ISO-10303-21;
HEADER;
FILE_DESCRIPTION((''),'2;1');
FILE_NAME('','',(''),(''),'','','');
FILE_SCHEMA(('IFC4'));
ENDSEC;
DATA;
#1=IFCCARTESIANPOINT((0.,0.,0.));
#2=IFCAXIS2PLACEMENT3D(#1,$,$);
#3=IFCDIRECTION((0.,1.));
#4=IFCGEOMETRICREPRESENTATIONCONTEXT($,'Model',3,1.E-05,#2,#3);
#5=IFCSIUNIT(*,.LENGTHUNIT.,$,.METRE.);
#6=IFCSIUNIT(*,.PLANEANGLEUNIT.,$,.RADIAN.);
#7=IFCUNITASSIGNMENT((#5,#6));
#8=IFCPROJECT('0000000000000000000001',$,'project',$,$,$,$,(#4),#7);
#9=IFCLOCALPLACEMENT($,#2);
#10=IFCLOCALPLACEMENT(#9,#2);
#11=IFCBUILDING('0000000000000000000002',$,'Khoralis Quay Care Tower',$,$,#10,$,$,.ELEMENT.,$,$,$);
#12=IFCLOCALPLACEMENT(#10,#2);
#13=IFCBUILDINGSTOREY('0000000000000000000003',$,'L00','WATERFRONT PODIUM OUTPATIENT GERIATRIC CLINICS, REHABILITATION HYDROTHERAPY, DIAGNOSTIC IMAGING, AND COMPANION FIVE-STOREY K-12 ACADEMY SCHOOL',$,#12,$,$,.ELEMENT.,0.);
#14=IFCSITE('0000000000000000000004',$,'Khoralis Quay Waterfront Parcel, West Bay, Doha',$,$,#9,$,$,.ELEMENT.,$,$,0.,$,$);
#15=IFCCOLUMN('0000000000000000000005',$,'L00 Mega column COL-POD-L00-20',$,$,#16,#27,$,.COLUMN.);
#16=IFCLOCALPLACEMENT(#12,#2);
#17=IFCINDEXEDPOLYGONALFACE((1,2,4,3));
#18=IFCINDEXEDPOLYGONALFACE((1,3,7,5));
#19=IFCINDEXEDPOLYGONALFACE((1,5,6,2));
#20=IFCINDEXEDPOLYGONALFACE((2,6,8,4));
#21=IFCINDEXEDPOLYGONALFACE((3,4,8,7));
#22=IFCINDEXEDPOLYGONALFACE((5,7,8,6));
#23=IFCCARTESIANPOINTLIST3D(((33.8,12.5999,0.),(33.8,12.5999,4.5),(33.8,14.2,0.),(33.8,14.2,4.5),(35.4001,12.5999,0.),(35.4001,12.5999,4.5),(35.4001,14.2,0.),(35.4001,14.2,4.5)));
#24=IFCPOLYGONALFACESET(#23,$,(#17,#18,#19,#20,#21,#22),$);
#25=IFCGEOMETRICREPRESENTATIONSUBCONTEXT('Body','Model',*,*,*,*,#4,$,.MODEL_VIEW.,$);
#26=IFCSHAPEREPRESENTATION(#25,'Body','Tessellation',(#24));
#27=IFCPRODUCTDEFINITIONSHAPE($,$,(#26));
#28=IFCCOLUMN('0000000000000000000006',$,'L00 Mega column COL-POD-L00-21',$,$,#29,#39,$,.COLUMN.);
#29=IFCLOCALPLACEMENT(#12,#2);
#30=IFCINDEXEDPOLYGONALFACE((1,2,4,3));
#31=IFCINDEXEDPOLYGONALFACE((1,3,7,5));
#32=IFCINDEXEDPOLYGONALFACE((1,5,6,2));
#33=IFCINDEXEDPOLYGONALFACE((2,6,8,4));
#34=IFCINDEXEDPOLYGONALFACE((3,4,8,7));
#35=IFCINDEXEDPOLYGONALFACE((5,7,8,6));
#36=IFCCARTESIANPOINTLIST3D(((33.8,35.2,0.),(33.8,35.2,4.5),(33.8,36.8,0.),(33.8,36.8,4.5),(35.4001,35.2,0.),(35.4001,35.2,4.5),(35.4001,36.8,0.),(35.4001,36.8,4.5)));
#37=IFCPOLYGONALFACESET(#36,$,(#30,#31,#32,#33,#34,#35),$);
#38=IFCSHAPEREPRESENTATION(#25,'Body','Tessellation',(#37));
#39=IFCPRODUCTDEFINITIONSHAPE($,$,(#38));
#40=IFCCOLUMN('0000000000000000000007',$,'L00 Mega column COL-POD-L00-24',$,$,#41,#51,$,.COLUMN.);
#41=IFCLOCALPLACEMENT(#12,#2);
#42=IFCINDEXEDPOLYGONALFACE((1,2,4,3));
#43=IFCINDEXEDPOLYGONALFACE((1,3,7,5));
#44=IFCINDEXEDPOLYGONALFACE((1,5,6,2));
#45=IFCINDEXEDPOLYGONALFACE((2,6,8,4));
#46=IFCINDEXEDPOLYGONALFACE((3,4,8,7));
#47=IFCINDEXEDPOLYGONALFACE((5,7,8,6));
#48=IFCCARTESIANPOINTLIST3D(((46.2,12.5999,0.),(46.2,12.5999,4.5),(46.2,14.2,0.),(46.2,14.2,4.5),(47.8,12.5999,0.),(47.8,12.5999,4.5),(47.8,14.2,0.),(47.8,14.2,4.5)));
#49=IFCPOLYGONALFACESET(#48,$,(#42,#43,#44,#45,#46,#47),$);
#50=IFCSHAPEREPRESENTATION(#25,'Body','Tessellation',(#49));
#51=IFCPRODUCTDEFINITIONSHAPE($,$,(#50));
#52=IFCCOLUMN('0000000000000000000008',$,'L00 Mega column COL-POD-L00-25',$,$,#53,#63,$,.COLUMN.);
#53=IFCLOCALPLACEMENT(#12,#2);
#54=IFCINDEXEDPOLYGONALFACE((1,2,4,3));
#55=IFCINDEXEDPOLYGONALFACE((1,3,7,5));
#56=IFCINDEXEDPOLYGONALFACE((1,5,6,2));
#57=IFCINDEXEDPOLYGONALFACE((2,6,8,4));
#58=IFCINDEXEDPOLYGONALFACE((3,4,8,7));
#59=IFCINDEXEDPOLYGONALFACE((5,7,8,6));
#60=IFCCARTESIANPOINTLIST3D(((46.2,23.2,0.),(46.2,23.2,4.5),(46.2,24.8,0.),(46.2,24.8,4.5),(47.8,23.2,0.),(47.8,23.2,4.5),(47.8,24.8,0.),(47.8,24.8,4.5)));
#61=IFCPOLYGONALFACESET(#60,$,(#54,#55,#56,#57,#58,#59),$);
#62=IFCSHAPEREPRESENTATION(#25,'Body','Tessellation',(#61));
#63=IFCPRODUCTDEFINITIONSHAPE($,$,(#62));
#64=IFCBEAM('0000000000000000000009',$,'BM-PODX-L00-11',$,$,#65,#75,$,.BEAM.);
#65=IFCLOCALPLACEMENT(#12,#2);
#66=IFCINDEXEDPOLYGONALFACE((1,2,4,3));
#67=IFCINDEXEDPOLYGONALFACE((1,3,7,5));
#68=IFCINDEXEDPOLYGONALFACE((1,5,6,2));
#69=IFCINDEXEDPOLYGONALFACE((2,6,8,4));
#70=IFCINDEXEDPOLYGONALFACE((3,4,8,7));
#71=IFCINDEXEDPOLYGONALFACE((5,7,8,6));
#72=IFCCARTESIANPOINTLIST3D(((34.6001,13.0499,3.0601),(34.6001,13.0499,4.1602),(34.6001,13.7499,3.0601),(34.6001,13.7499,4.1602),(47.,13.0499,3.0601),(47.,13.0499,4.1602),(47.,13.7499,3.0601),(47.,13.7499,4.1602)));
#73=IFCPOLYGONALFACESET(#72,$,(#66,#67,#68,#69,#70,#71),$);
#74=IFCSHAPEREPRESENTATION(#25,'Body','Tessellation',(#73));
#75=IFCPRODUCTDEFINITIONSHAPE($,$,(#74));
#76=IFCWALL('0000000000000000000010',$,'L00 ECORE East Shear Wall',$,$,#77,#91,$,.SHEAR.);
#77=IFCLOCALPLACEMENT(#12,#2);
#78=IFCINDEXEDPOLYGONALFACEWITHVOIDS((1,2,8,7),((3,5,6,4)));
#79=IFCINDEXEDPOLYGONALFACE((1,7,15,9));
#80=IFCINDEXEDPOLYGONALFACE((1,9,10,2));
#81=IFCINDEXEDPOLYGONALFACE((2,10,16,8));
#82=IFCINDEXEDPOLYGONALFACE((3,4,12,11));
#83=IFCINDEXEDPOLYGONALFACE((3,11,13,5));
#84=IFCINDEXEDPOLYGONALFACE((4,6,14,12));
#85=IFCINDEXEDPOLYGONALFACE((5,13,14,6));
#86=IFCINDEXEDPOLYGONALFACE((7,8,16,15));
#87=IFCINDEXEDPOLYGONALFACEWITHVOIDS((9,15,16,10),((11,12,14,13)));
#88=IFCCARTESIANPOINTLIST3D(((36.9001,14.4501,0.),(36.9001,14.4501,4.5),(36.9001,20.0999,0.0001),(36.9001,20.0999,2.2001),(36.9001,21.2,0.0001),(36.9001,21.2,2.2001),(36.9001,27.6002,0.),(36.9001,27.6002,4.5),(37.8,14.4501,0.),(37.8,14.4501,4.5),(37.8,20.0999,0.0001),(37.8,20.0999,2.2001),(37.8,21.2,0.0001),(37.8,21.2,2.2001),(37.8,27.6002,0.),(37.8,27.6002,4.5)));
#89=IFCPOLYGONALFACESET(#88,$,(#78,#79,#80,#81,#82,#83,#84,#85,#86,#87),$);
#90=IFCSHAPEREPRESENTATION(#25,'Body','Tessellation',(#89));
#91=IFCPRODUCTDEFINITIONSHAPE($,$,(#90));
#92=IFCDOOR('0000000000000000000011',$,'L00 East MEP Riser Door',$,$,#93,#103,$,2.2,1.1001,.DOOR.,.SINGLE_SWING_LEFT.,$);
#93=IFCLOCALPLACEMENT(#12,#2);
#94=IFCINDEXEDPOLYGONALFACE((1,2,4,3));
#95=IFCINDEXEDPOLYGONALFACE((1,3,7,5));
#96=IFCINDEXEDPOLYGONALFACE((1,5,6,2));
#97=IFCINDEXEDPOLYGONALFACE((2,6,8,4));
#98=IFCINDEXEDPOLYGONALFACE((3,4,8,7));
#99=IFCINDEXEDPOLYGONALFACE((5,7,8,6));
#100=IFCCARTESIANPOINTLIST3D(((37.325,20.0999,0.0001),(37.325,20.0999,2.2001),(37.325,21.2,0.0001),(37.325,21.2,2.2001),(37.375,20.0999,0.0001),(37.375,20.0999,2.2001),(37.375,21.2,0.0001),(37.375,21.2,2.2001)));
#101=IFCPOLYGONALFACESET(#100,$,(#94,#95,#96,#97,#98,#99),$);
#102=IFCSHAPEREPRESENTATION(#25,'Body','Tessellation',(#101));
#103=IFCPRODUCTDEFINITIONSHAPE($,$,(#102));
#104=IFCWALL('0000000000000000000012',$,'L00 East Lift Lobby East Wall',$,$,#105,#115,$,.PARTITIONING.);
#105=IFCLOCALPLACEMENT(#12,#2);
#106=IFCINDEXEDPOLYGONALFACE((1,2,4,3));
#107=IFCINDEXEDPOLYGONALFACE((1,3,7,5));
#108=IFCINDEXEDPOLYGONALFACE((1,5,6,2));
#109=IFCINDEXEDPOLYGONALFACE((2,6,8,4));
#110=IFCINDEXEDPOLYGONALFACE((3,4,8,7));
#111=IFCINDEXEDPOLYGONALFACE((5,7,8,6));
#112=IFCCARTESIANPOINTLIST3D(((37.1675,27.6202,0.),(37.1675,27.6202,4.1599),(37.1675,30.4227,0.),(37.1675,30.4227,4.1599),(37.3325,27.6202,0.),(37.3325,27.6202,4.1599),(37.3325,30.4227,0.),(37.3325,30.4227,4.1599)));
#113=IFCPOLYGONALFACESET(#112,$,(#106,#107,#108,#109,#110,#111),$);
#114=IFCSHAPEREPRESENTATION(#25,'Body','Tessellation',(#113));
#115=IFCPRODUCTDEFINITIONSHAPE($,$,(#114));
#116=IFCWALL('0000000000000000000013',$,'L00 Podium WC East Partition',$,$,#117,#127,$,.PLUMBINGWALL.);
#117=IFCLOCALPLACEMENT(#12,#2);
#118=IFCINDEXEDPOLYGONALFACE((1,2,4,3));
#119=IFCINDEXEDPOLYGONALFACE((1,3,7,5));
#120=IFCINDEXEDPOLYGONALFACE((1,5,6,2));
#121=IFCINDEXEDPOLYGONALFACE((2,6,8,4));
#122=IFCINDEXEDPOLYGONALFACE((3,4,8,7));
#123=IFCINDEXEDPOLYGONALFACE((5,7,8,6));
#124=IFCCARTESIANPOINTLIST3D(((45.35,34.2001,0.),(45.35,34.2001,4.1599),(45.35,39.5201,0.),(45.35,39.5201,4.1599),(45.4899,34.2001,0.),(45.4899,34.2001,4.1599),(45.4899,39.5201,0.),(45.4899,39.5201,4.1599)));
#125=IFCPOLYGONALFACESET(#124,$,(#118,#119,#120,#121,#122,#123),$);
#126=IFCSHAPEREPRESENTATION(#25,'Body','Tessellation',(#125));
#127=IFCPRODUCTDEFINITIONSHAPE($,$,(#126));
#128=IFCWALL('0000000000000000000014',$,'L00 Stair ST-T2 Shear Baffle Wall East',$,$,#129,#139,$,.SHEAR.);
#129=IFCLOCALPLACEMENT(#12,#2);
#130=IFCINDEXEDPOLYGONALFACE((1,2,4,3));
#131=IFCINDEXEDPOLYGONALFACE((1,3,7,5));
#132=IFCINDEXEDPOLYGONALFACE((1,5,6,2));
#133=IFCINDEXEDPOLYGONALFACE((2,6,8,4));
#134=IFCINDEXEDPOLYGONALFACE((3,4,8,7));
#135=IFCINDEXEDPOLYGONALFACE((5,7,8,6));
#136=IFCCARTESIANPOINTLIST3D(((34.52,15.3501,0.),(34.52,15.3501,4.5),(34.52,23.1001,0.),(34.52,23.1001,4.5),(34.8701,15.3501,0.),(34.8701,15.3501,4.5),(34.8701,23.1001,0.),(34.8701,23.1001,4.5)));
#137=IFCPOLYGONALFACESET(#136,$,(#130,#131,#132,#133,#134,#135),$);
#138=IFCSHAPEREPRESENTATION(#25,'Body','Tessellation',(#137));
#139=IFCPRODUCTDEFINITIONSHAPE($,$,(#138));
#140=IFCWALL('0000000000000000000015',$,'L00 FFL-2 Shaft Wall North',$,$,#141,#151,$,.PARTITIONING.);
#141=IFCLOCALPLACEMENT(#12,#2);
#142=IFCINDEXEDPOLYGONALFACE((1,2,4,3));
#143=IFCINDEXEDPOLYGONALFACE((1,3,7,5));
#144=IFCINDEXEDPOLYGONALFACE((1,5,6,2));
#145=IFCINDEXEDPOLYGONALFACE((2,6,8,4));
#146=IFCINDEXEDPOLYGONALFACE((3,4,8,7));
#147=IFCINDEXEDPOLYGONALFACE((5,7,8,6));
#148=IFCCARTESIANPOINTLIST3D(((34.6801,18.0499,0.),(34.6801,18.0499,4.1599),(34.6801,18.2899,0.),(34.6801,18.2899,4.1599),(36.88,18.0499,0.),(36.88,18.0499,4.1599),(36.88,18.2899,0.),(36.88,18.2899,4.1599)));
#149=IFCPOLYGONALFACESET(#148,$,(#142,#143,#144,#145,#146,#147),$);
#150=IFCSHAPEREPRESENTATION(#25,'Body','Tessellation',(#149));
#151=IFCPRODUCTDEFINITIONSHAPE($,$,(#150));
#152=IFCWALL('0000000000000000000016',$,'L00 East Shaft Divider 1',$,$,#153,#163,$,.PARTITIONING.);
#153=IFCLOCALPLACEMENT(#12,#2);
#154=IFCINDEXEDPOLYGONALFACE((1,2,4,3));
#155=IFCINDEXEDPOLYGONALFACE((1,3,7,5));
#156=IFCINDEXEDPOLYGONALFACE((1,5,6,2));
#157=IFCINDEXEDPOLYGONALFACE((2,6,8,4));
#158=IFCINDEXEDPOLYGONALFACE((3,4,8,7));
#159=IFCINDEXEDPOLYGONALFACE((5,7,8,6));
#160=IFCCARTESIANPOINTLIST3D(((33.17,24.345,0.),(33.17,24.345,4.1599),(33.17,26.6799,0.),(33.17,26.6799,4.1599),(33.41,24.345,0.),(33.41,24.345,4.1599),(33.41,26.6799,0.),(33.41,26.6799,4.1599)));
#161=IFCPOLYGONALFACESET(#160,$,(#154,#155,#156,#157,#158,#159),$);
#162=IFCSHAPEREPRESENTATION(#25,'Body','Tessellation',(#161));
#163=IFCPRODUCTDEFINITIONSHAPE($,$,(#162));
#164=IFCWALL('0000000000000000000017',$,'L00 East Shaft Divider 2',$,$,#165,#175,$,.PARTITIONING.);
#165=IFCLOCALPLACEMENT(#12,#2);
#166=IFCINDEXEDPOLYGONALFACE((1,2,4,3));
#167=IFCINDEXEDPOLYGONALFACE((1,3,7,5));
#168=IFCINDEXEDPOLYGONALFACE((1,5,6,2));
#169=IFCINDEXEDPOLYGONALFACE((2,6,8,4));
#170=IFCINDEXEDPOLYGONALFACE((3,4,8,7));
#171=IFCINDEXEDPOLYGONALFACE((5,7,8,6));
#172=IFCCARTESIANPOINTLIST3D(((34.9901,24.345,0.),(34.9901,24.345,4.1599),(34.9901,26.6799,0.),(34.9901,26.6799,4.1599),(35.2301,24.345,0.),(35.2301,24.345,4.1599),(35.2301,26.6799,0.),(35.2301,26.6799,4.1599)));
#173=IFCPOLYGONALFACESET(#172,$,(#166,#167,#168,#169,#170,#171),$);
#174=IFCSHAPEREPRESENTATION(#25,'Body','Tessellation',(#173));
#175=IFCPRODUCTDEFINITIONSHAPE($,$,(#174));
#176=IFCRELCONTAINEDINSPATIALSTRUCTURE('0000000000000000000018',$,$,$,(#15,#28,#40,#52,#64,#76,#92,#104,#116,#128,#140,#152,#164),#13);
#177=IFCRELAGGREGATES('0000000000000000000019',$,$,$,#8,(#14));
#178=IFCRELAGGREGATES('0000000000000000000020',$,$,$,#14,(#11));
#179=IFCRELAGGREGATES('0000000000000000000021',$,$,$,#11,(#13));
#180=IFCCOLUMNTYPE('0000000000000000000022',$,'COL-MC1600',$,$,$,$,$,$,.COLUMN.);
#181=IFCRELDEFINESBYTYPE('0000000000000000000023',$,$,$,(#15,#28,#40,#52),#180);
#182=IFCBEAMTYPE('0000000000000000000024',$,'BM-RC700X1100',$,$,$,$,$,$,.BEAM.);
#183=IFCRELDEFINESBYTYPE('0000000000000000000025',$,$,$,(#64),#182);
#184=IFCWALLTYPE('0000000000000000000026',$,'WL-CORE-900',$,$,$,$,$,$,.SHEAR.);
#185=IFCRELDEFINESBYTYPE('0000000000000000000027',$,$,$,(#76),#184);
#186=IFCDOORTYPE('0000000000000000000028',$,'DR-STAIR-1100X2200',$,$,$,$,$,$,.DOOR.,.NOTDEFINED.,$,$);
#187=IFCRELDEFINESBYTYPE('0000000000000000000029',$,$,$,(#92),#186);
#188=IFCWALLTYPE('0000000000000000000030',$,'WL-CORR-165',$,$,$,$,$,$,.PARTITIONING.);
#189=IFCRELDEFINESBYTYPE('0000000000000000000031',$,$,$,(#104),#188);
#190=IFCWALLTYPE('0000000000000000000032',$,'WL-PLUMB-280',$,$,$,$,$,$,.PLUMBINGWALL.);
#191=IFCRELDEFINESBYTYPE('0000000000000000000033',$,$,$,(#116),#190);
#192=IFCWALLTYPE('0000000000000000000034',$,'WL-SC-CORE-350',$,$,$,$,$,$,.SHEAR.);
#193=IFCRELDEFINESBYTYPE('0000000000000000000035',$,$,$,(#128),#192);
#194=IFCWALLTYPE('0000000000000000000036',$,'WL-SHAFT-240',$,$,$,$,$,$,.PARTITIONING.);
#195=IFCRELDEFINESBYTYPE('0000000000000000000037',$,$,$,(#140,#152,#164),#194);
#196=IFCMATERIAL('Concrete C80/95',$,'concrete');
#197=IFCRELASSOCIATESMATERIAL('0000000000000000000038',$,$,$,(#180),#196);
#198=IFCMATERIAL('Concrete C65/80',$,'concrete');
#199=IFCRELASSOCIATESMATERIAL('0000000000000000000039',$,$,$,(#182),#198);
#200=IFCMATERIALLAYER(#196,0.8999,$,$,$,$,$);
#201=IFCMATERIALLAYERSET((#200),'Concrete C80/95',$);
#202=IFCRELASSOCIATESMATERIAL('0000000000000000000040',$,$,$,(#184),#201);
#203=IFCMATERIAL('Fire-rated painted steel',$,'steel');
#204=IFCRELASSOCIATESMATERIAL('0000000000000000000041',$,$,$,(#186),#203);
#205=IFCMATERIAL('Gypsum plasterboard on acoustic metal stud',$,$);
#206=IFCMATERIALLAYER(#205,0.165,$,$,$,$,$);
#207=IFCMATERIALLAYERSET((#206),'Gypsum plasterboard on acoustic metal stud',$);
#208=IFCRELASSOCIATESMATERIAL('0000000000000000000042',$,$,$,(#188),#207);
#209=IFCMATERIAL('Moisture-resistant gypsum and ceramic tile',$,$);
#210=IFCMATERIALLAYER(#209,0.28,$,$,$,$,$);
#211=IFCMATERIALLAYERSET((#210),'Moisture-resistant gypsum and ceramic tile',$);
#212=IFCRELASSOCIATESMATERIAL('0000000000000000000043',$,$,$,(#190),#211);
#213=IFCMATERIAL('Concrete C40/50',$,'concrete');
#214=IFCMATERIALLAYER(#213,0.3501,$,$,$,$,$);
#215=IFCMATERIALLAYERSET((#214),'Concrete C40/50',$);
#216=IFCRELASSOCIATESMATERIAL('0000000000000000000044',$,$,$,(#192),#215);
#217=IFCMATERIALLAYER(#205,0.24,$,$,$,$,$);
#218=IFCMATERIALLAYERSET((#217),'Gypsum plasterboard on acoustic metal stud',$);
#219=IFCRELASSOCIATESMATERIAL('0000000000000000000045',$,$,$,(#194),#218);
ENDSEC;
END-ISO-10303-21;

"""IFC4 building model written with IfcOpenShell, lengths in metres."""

from ifc_helpers import new_model, si_unit, direction, frame, frame_2d, origin, origin_2d, place, context, subcontext, project, spatial, rectangle, extrude, source, transform, mapped, material, layer, layer_set, material_profile, profile_set, type_object, element, fill, save


model = new_model("IFC4")

# Units and contexts
model_context = context("Model", 3, precision=1e-05, world=origin(), true_north=direction((0.0, 1.0)))
body_context = subcontext(model_context, "Body", "Model", "MODEL_VIEW")
ifc_project = project(units=[si_unit("LENGTHUNIT", "METRE"), si_unit("PLANEANGLEUNIT", "RADIAN")], contexts=[model_context])

# Site, building, storey
site_placement = place(None, origin())
site = spatial("IfcSite", under=ifc_project, at=site_placement, Name="Khoralis Quay Waterfront Parcel, West Bay, Doha", CompositionType="ELEMENT", RefElevation=0.0)
building_placement = place(site_placement, origin())
building = spatial("IfcBuilding", under=site, at=building_placement, Name="Khoralis Quay Care Tower", CompositionType="ELEMENT")
storey_placement = place(building_placement, origin())
storey = spatial("IfcBuildingStorey", under=building, at=storey_placement, Name="L00", Description="WATERFRONT PODIUM OUTPATIENT GERIATRIC CLINICS, REHABILITATION HYDROTHERAPY, DIAGNOSTIC IMAGING, AND COMPANION FIVE-STOREY K-12 ACADEMY SCHOOL", CompositionType="ELEMENT", Elevation=0.0)

# Columns
ifc_material_1 = material(Name="Concrete C80/95", Category="concrete")
ifc_material_profile_1 = material_profile(ifc_material_1, rectangle(XDim=1.6001, YDim=1.6001, at=origin_2d()), Name="Concrete C80/95")
ifc_profile_set_1 = profile_set([ifc_material_profile_1], Name="Concrete C80/95")
column_type = type_object("IfcColumnType", Name="COL-MC1600", PredefinedType="COLUMN", material=ifc_profile_set_1)
shared_shape_1 = source(origin(), body_context, "Body", "SweptSolid", [
    extrude(rectangle(XDim=1.6001, YDim=1.6001, at=origin_2d()), origin(), (0.0, 0.0, 1.0), 4.5),
])
for number, where, z_axis, x_axis, name in (
    (1, (34.6001, 13.3999, 0.0), (0.0, 0.0, 1.0), (1.0, 0.0, 0.0), "L00 Mega column COL-POD-L00-20"),
    (2, (34.6001, 36.0, 0.0), (0.0, 0.0, 1.0), (1.0, 0.0, 0.0), "L00 Mega column COL-POD-L00-21"),
    (3, (47.0, 13.3999, 0.0), (0.0, 0.0, 1.0), (1.0, 0.0, 0.0), "L00 Mega column COL-POD-L00-24"),
    (4, (47.0, 24.0, 0.0), (0.0, 0.0, 1.0), (1.0, 0.0, 0.0), "L00 Mega column COL-POD-L00-25"),
):
    element("IfcColumn", number, at=place(storey_placement, frame(where, z_axis=z_axis, x_axis=x_axis)), inside=storey, type_object=column_type, Name=name, PredefinedType="COLUMN", context=body_context, shape_type="MappedRepresentation", body=[
        mapped(shared_shape_1, transform((0.0, 0.0, 0.0), scale=1.0)),
    ])

# Beam
ifc_material_2 = material(Name="Concrete C65/80", Category="concrete")
ifc_material_profile_2 = material_profile(ifc_material_2, rectangle(XDim=0.7, YDim=1.1001, at=origin_2d()), Name="Concrete C65/80")
ifc_profile_set_2 = profile_set([ifc_material_profile_2], Name="Concrete C65/80")
beam_type = type_object("IfcBeamType", Name="BM-RC700X1100", PredefinedType="BEAM", material=ifc_profile_set_2)
shared_shape_2 = source(origin(), body_context, "Body", "SweptSolid", [
    extrude(rectangle(XDim=0.7, YDim=1.1001, at=origin_2d()), origin(), (0.0, 0.0, 1.0), 12.3999),
])
beam_placement = place(storey_placement, frame((34.6001, 13.3999, 3.6101), z_axis=(1.0, 0.0, 0.0), x_axis=(0.0, 1.0, 0.0)))
element("IfcBeam", 5, at=beam_placement, inside=storey, type_object=beam_type, Name="BM-PODX-L00-11", PredefinedType="BEAM", context=body_context, shape_type="MappedRepresentation", body=[
    mapped(shared_shape_2, transform((0.0, 0.0, 0.0), scale=1.0)),
])

# Wall, opening, door
ifc_layer_1 = layer(ifc_material_1, 0.8999)
ifc_layer_set_1 = layer_set([ifc_layer_1], Name="Concrete C80/95")
wall_type_1 = type_object("IfcWallType", Name="WL-CORE-900", PredefinedType="SHEAR", material=ifc_layer_set_1)
wall_1_placement = place(storey_placement, frame((37.3501, 14.45, 0.0), z_axis=(0.0, 0.0, 1.0), x_axis=(0.0, 1.0, 0.0)))
wall_1 = element("IfcWall", 6, at=wall_1_placement, inside=storey, type_object=wall_type_1, Name="L00 ECORE East Shear Wall", PredefinedType="SHEAR", context=body_context, shape_type="SweptSolid", body=[
    extrude(rectangle(XDim=13.1501, YDim=0.8999, at=frame_2d((6.5752, 0.0))), origin(), (0.0, 0.0, 1.0), 4.5),
])
opening_placement = place(wall_1_placement, frame((5.6499, 0.0, 0.0)))
opening = element("IfcOpeningElement", 7, at=opening_placement, cuts=wall_1, PredefinedType="OPENING", context=body_context, shape_type="SweptSolid", body=[
    extrude(rectangle(XDim=1.1001, YDim=2.2, at=frame_2d((0.55, 1.1001))), frame((0.0, 0.46, 0.0), z_axis=(0.0, -1.0, 0.0), x_axis=(1.0, 0.0, 0.0)), (0.0, 0.0, 1.0), 0.9199),
])
ifc_material_3 = material(Name="Fire-rated painted steel", Category="steel")
door_type = type_object("IfcDoorType", Name="DR-STAIR-1100X2200", OperationType="NOTDEFINED", PredefinedType="DOOR", material=ifc_material_3)
shared_shape_3 = source(origin(), body_context, "Body", "SweptSolid", [
    extrude(rectangle(XDim=1.1001, YDim=2.2, at=frame_2d((0.55, 1.1001))), frame((0.0, 0.0249, 0.0), z_axis=(0.0, -1.0, 0.0), x_axis=(1.0, 0.0, 0.0)), (0.0, 0.0, 1.0), 0.05),
])
door_placement = place(opening_placement, frame((1.1001, 0.0, 0.0), z_axis=(0.0, 0.0, 1.0), x_axis=(-1.0, 0.0, 0.0)))
door = element("IfcDoor", 8, at=door_placement, inside=storey, type_object=door_type, Name="L00 East MEP Riser Door", OperationType="SINGLE_SWING_LEFT", OverallHeight=2.2, OverallWidth=1.1001, PredefinedType="DOOR", context=body_context, shape_type="MappedRepresentation", body=[
    mapped(shared_shape_3, transform((0.0, 0.0, 0.0), scale=1.0)),
])
fill(opening, door)

# Walls
ifc_material_4 = material(Name="Gypsum plasterboard on acoustic metal stud")
ifc_layer_2 = layer(ifc_material_4, 0.165)
ifc_layer_set_2 = layer_set([ifc_layer_2], Name="Gypsum plasterboard on acoustic metal stud")
wall_type_2 = type_object("IfcWallType", Name="WL-CORR-165", PredefinedType="PARTITIONING", material=ifc_layer_set_2)
wall_2_placement = place(storey_placement, frame((37.25, 27.6201, 0.0), z_axis=(0.0, 0.0, 1.0), x_axis=(0.0, 1.0, 0.0)))
element("IfcWall", 9, at=wall_2_placement, inside=storey, type_object=wall_type_2, Name="L00 East Lift Lobby East Wall", PredefinedType="PARTITIONING", context=body_context, shape_type="SweptSolid", body=[
    extrude(rectangle(XDim=2.8025, YDim=0.165, at=frame_2d((1.4014, 0.0))), origin(), (0.0, 0.0, 1.0), 4.1599),
])
ifc_material_5 = material(Name="Moisture-resistant gypsum and ceramic tile")
ifc_layer_3 = layer(ifc_material_5, 0.28)
ifc_layer_set_3 = layer_set([ifc_layer_3], Name="Moisture-resistant gypsum and ceramic tile")
wall_type_3 = type_object("IfcWallType", Name="WL-PLUMB-280", PredefinedType="PLUMBINGWALL", material=ifc_layer_set_3)
wall_3_placement = place(storey_placement, frame((45.4199, 34.2, 0.0), z_axis=(0.0, 0.0, 1.0), x_axis=(0.0, 1.0, 0.0)))
element("IfcWall", 10, at=wall_3_placement, inside=storey, type_object=wall_type_3, Name="L00 Podium WC East Partition", PredefinedType="PLUMBINGWALL", context=body_context, shape_type="SweptSolid", body=[
    extrude(rectangle(XDim=5.3201, YDim=0.1399, at=frame_2d((2.6602, 0.0))), origin(), (0.0, 0.0, 1.0), 4.1599),
])
ifc_material_6 = material(Name="Concrete C40/50", Category="concrete")
ifc_layer_4 = layer(ifc_material_6, 0.3501)
ifc_layer_set_4 = layer_set([ifc_layer_4], Name="Concrete C40/50")
wall_type_4 = type_object("IfcWallType", Name="WL-SC-CORE-350", PredefinedType="SHEAR", material=ifc_layer_set_4)
wall_4_placement = place(storey_placement, frame((34.6951, 15.3501, 0.0), z_axis=(0.0, 0.0, 1.0), x_axis=(0.0, 1.0, 0.0)))
element("IfcWall", 11, at=wall_4_placement, inside=storey, type_object=wall_type_4, Name="L00 Stair ST-T2 Shear Baffle Wall East", PredefinedType="SHEAR", context=body_context, shape_type="SweptSolid", body=[
    extrude(rectangle(XDim=7.75, YDim=0.3501, at=frame_2d((3.875, 0.0))), origin(), (0.0, 0.0, 1.0), 4.5),
])
ifc_layer_5 = layer(ifc_material_4, 0.24)
ifc_layer_set_5 = layer_set([ifc_layer_5], Name="Gypsum plasterboard on acoustic metal stud")
wall_type_5 = type_object("IfcWallType", Name="WL-SHAFT-240", PredefinedType="PARTITIONING", material=ifc_layer_set_5)
wall_5_placement = place(storey_placement, frame((34.6799, 18.1699, 0.0), z_axis=(0.0, 0.0, 1.0), x_axis=(1.0, 0.0, 0.0)))
element("IfcWall", 12, at=wall_5_placement, inside=storey, type_object=wall_type_5, Name="L00 FFL-2 Shaft Wall North", PredefinedType="PARTITIONING", context=body_context, shape_type="SweptSolid", body=[
    extrude(rectangle(XDim=2.2, YDim=0.24, at=frame_2d((1.1001, 0.0))), origin(), (0.0, 0.0, 1.0), 4.1599),
])
for number, where, z_axis, x_axis, name in (
    (13, (33.29, 24.345, 0.0), (0.0, 0.0, 1.0), (0.0, 1.0, 0.0), "L00 East Shaft Divider 1"),
    (14, (35.1101, 24.345, 0.0), (0.0, 0.0, 1.0), (0.0, 1.0, 0.0), "L00 East Shaft Divider 2"),
):
    element("IfcWall", number, at=place(storey_placement, frame(where, z_axis=z_axis, x_axis=x_axis)), inside=storey, type_object=wall_type_5, Name=name, PredefinedType="PARTITIONING", context=body_context, shape_type="SweptSolid", body=[
        extrude(rectangle(XDim=2.335, YDim=0.24, at=frame_2d((1.1675, 0.0))), origin(), (0.0, 0.0, 1.0), 4.1599),
    ])

save(model, "model.ifc")
